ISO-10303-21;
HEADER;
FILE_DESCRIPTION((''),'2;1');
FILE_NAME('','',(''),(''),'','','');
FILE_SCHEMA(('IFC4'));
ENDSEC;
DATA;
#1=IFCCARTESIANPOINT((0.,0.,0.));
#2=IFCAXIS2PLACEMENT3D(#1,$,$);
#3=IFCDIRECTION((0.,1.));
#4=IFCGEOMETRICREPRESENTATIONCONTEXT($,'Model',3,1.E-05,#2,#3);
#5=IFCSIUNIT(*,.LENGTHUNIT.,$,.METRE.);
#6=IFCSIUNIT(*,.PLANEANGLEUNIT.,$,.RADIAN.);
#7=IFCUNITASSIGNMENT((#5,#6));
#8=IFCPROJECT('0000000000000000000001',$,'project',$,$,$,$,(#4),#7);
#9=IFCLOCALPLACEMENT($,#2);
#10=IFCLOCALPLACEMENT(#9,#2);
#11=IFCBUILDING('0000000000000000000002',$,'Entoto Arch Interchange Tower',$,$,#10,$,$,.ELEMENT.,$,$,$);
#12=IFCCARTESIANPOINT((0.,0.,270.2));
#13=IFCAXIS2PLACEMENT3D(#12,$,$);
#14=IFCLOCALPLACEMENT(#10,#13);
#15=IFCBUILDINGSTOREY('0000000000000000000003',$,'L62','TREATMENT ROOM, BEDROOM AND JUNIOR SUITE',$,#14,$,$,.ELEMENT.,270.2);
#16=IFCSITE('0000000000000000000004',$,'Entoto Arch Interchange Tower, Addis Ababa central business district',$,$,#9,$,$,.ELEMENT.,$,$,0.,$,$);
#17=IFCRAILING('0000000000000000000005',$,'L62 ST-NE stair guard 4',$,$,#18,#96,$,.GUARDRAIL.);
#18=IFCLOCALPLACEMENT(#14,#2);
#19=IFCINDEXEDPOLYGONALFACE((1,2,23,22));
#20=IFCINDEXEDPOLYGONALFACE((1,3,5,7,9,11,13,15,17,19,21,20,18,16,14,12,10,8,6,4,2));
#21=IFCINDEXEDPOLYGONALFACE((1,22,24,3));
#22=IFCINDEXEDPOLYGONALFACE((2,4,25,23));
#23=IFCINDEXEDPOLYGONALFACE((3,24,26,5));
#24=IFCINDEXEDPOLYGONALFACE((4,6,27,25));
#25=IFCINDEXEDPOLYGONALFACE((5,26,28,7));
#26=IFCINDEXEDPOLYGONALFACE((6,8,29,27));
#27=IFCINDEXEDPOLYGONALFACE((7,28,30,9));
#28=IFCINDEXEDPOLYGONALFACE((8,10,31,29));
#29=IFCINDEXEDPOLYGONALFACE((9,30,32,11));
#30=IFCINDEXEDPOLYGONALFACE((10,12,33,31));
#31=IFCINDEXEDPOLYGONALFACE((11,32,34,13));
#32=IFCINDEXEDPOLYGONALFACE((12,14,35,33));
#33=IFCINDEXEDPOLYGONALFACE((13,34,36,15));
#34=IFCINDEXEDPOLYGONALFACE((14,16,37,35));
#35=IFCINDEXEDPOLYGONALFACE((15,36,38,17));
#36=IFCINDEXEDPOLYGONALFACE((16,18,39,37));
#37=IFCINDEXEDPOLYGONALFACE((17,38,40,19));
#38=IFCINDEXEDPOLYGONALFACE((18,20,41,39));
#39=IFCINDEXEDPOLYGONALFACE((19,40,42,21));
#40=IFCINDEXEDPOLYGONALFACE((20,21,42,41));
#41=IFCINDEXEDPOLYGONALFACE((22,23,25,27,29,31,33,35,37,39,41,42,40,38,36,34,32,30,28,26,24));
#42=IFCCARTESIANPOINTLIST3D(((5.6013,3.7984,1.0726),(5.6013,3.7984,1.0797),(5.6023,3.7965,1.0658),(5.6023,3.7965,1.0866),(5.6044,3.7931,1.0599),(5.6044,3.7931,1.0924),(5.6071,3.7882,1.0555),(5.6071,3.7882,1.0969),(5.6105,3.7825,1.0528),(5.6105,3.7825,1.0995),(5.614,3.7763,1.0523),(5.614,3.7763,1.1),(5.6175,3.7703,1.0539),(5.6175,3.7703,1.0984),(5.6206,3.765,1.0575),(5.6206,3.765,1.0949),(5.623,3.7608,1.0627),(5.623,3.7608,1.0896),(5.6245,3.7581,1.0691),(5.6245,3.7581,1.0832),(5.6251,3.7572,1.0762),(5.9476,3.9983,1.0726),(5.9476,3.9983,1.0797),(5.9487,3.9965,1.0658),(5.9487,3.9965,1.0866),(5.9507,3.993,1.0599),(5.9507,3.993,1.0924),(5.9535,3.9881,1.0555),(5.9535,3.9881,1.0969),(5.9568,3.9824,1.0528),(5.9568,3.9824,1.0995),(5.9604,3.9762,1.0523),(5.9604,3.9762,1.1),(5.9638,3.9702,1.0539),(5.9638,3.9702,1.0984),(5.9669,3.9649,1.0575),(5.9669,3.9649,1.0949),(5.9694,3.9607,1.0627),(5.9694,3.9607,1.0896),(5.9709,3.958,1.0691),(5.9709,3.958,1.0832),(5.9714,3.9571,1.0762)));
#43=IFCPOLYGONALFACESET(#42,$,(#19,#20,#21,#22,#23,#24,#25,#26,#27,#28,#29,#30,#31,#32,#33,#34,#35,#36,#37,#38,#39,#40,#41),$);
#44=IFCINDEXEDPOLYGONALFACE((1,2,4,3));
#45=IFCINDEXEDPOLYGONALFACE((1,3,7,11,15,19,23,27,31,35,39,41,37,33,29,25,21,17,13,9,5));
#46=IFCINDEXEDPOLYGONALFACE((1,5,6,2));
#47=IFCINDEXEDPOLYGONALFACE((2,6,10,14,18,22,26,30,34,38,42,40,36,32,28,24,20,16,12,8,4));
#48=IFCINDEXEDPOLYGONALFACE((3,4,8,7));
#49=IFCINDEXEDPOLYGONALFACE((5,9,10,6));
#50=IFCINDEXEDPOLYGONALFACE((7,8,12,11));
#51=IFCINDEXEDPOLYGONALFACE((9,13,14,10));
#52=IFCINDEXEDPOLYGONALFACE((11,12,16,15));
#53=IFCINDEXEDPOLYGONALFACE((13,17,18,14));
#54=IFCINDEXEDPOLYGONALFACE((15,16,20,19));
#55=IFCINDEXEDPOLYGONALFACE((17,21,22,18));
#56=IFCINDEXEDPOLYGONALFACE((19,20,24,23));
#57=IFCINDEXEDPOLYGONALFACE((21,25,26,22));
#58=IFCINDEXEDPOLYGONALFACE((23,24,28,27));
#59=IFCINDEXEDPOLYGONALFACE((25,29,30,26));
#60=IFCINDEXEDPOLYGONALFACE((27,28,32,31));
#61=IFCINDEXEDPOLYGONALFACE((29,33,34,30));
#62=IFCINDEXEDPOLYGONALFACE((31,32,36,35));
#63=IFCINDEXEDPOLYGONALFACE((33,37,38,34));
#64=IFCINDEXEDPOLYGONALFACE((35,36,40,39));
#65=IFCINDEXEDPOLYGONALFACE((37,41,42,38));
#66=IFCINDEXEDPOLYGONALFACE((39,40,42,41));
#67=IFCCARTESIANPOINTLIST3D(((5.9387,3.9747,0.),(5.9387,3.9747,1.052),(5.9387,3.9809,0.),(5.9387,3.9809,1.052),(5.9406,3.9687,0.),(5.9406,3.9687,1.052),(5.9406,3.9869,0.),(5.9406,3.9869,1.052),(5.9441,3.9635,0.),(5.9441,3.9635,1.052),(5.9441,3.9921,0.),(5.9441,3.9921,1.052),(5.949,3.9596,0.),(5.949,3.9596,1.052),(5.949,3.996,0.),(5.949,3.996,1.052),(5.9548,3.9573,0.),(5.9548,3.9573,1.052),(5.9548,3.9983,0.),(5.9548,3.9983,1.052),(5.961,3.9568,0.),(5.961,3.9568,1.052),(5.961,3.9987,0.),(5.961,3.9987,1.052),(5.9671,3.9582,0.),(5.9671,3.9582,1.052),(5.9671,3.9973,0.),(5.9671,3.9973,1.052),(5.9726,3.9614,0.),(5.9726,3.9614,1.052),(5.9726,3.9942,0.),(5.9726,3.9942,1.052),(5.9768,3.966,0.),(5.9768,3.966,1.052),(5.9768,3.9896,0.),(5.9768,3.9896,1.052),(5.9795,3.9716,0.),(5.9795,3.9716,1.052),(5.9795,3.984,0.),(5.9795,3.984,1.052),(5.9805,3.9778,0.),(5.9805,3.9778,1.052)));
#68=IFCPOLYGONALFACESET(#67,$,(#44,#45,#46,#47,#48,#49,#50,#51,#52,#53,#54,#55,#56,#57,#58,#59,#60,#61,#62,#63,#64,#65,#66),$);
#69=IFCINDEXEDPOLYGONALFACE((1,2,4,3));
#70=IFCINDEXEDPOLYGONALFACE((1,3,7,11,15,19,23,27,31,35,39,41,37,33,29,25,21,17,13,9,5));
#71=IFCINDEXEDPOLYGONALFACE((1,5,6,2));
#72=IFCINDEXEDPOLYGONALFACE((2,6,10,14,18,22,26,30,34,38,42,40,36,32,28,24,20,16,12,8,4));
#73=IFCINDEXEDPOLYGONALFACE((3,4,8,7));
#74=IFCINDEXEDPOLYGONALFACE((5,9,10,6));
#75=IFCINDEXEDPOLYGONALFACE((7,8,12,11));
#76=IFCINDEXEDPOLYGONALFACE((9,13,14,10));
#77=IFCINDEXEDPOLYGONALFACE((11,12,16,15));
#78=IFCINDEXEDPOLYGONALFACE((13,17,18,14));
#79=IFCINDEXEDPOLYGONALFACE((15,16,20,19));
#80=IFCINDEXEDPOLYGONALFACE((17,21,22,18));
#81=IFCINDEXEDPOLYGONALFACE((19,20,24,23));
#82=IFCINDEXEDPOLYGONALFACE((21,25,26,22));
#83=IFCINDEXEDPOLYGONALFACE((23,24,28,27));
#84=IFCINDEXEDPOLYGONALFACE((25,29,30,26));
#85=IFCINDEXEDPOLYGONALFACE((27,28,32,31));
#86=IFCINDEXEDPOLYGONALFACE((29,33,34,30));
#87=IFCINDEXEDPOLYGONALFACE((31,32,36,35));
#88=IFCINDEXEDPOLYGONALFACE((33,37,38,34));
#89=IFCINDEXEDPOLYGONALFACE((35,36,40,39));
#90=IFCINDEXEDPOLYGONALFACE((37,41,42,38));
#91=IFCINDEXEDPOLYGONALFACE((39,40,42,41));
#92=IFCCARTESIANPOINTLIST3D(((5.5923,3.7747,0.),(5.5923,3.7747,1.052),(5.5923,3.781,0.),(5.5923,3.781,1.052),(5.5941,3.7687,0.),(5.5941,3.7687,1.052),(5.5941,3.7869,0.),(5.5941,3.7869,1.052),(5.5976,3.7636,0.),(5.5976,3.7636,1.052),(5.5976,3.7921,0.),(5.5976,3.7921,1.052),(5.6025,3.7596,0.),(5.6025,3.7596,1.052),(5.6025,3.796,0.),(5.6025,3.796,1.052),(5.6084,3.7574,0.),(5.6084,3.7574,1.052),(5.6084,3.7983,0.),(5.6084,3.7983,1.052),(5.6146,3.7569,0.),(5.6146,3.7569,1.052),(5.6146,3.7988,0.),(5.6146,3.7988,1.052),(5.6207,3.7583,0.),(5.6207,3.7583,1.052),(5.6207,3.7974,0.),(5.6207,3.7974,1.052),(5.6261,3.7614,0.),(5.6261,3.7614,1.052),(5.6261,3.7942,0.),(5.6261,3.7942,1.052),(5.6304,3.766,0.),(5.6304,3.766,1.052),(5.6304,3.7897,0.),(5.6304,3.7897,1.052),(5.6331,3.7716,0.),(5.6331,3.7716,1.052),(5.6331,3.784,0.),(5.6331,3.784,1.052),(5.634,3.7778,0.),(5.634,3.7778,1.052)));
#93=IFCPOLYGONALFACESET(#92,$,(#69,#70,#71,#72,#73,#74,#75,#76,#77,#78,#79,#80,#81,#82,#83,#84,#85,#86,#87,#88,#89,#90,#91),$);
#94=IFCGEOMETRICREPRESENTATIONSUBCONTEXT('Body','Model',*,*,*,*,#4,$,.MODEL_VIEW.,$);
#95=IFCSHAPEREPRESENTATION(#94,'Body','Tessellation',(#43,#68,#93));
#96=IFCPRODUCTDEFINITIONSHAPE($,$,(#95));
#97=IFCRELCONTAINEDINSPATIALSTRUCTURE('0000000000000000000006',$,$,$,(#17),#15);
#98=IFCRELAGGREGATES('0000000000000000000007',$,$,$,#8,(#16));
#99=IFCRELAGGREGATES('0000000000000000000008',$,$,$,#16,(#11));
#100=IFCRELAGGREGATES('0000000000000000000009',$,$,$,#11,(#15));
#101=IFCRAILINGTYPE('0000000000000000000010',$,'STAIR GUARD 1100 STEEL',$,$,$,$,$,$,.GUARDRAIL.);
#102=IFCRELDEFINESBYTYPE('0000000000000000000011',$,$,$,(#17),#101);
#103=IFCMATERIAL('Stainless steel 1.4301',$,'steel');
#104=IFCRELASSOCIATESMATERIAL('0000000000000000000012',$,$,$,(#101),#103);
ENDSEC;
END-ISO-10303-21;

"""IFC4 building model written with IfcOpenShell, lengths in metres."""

from ifc_helpers import new_model, si_unit, direction, frame, origin, origin_2d, place, context, subcontext, project, spatial, circle, extrude, material, type_object, element, save


model = new_model("IFC4")

# Units and contexts
model_context = context("Model", 3, precision=1e-05, world=origin(), true_north=direction((0.0, 1.0)))
body_context = subcontext(model_context, "Body", "Model", "MODEL_VIEW")
ifc_project = project(units=[si_unit("LENGTHUNIT", "METRE"), si_unit("PLANEANGLEUNIT", "RADIAN")], contexts=[model_context])

# Site, building, storey
site_placement = place(None, origin())
site = spatial("IfcSite", under=ifc_project, at=site_placement, Name="Entoto Arch Interchange Tower, Addis Ababa central business district", CompositionType="ELEMENT", RefElevation=0.0)
building_placement = place(site_placement, origin())
building = spatial("IfcBuilding", under=site, at=building_placement, Name="Entoto Arch Interchange Tower", CompositionType="ELEMENT")
storey_placement = place(building_placement, frame((0.0, 0.0, 270.2)))
storey = spatial("IfcBuildingStorey", under=building, at=storey_placement, Name="L62", Description="TREATMENT ROOM, BEDROOM AND JUNIOR SUITE", CompositionType="ELEMENT", Elevation=270.2)

# Railing
ifc_material_1 = material(Name="Stainless steel 1.4301", Category="steel")
railing_type_1 = type_object("IfcRailingType", Name="STAIR GUARD 1100 STEEL", PredefinedType="GUARDRAIL", material=ifc_material_1)
railing_1_placement = place(storey_placement, frame((5.9595, 3.9778, 0.0)))
element("IfcRailing", 1, at=railing_1_placement, inside=storey, type_object=railing_type_1, Name="L62 ST-NE stair guard 4", PredefinedType="GUARDRAIL", context=body_context, shape_type="SweptSolid", body=[
    extrude(circle(Radius=0.0239, at=origin_2d()), frame((0.0, 0.0, 1.0762), z_axis=(-0.866094, -0.499881, 0.0), x_axis=(0.499881, -0.866094, 0.0)), (0.0, 0.0, 1.0), 0.3999),
    extrude(circle(Radius=0.021, at=origin_2d()), origin(), (0.0, 0.0, 1.0), 1.052),
    extrude(circle(Radius=0.021, at=origin_2d()), frame((-0.3464, -0.2, 0.0)), (0.0, 0.0, 1.0), 1.052),
])

save(model, "model.ifc")
